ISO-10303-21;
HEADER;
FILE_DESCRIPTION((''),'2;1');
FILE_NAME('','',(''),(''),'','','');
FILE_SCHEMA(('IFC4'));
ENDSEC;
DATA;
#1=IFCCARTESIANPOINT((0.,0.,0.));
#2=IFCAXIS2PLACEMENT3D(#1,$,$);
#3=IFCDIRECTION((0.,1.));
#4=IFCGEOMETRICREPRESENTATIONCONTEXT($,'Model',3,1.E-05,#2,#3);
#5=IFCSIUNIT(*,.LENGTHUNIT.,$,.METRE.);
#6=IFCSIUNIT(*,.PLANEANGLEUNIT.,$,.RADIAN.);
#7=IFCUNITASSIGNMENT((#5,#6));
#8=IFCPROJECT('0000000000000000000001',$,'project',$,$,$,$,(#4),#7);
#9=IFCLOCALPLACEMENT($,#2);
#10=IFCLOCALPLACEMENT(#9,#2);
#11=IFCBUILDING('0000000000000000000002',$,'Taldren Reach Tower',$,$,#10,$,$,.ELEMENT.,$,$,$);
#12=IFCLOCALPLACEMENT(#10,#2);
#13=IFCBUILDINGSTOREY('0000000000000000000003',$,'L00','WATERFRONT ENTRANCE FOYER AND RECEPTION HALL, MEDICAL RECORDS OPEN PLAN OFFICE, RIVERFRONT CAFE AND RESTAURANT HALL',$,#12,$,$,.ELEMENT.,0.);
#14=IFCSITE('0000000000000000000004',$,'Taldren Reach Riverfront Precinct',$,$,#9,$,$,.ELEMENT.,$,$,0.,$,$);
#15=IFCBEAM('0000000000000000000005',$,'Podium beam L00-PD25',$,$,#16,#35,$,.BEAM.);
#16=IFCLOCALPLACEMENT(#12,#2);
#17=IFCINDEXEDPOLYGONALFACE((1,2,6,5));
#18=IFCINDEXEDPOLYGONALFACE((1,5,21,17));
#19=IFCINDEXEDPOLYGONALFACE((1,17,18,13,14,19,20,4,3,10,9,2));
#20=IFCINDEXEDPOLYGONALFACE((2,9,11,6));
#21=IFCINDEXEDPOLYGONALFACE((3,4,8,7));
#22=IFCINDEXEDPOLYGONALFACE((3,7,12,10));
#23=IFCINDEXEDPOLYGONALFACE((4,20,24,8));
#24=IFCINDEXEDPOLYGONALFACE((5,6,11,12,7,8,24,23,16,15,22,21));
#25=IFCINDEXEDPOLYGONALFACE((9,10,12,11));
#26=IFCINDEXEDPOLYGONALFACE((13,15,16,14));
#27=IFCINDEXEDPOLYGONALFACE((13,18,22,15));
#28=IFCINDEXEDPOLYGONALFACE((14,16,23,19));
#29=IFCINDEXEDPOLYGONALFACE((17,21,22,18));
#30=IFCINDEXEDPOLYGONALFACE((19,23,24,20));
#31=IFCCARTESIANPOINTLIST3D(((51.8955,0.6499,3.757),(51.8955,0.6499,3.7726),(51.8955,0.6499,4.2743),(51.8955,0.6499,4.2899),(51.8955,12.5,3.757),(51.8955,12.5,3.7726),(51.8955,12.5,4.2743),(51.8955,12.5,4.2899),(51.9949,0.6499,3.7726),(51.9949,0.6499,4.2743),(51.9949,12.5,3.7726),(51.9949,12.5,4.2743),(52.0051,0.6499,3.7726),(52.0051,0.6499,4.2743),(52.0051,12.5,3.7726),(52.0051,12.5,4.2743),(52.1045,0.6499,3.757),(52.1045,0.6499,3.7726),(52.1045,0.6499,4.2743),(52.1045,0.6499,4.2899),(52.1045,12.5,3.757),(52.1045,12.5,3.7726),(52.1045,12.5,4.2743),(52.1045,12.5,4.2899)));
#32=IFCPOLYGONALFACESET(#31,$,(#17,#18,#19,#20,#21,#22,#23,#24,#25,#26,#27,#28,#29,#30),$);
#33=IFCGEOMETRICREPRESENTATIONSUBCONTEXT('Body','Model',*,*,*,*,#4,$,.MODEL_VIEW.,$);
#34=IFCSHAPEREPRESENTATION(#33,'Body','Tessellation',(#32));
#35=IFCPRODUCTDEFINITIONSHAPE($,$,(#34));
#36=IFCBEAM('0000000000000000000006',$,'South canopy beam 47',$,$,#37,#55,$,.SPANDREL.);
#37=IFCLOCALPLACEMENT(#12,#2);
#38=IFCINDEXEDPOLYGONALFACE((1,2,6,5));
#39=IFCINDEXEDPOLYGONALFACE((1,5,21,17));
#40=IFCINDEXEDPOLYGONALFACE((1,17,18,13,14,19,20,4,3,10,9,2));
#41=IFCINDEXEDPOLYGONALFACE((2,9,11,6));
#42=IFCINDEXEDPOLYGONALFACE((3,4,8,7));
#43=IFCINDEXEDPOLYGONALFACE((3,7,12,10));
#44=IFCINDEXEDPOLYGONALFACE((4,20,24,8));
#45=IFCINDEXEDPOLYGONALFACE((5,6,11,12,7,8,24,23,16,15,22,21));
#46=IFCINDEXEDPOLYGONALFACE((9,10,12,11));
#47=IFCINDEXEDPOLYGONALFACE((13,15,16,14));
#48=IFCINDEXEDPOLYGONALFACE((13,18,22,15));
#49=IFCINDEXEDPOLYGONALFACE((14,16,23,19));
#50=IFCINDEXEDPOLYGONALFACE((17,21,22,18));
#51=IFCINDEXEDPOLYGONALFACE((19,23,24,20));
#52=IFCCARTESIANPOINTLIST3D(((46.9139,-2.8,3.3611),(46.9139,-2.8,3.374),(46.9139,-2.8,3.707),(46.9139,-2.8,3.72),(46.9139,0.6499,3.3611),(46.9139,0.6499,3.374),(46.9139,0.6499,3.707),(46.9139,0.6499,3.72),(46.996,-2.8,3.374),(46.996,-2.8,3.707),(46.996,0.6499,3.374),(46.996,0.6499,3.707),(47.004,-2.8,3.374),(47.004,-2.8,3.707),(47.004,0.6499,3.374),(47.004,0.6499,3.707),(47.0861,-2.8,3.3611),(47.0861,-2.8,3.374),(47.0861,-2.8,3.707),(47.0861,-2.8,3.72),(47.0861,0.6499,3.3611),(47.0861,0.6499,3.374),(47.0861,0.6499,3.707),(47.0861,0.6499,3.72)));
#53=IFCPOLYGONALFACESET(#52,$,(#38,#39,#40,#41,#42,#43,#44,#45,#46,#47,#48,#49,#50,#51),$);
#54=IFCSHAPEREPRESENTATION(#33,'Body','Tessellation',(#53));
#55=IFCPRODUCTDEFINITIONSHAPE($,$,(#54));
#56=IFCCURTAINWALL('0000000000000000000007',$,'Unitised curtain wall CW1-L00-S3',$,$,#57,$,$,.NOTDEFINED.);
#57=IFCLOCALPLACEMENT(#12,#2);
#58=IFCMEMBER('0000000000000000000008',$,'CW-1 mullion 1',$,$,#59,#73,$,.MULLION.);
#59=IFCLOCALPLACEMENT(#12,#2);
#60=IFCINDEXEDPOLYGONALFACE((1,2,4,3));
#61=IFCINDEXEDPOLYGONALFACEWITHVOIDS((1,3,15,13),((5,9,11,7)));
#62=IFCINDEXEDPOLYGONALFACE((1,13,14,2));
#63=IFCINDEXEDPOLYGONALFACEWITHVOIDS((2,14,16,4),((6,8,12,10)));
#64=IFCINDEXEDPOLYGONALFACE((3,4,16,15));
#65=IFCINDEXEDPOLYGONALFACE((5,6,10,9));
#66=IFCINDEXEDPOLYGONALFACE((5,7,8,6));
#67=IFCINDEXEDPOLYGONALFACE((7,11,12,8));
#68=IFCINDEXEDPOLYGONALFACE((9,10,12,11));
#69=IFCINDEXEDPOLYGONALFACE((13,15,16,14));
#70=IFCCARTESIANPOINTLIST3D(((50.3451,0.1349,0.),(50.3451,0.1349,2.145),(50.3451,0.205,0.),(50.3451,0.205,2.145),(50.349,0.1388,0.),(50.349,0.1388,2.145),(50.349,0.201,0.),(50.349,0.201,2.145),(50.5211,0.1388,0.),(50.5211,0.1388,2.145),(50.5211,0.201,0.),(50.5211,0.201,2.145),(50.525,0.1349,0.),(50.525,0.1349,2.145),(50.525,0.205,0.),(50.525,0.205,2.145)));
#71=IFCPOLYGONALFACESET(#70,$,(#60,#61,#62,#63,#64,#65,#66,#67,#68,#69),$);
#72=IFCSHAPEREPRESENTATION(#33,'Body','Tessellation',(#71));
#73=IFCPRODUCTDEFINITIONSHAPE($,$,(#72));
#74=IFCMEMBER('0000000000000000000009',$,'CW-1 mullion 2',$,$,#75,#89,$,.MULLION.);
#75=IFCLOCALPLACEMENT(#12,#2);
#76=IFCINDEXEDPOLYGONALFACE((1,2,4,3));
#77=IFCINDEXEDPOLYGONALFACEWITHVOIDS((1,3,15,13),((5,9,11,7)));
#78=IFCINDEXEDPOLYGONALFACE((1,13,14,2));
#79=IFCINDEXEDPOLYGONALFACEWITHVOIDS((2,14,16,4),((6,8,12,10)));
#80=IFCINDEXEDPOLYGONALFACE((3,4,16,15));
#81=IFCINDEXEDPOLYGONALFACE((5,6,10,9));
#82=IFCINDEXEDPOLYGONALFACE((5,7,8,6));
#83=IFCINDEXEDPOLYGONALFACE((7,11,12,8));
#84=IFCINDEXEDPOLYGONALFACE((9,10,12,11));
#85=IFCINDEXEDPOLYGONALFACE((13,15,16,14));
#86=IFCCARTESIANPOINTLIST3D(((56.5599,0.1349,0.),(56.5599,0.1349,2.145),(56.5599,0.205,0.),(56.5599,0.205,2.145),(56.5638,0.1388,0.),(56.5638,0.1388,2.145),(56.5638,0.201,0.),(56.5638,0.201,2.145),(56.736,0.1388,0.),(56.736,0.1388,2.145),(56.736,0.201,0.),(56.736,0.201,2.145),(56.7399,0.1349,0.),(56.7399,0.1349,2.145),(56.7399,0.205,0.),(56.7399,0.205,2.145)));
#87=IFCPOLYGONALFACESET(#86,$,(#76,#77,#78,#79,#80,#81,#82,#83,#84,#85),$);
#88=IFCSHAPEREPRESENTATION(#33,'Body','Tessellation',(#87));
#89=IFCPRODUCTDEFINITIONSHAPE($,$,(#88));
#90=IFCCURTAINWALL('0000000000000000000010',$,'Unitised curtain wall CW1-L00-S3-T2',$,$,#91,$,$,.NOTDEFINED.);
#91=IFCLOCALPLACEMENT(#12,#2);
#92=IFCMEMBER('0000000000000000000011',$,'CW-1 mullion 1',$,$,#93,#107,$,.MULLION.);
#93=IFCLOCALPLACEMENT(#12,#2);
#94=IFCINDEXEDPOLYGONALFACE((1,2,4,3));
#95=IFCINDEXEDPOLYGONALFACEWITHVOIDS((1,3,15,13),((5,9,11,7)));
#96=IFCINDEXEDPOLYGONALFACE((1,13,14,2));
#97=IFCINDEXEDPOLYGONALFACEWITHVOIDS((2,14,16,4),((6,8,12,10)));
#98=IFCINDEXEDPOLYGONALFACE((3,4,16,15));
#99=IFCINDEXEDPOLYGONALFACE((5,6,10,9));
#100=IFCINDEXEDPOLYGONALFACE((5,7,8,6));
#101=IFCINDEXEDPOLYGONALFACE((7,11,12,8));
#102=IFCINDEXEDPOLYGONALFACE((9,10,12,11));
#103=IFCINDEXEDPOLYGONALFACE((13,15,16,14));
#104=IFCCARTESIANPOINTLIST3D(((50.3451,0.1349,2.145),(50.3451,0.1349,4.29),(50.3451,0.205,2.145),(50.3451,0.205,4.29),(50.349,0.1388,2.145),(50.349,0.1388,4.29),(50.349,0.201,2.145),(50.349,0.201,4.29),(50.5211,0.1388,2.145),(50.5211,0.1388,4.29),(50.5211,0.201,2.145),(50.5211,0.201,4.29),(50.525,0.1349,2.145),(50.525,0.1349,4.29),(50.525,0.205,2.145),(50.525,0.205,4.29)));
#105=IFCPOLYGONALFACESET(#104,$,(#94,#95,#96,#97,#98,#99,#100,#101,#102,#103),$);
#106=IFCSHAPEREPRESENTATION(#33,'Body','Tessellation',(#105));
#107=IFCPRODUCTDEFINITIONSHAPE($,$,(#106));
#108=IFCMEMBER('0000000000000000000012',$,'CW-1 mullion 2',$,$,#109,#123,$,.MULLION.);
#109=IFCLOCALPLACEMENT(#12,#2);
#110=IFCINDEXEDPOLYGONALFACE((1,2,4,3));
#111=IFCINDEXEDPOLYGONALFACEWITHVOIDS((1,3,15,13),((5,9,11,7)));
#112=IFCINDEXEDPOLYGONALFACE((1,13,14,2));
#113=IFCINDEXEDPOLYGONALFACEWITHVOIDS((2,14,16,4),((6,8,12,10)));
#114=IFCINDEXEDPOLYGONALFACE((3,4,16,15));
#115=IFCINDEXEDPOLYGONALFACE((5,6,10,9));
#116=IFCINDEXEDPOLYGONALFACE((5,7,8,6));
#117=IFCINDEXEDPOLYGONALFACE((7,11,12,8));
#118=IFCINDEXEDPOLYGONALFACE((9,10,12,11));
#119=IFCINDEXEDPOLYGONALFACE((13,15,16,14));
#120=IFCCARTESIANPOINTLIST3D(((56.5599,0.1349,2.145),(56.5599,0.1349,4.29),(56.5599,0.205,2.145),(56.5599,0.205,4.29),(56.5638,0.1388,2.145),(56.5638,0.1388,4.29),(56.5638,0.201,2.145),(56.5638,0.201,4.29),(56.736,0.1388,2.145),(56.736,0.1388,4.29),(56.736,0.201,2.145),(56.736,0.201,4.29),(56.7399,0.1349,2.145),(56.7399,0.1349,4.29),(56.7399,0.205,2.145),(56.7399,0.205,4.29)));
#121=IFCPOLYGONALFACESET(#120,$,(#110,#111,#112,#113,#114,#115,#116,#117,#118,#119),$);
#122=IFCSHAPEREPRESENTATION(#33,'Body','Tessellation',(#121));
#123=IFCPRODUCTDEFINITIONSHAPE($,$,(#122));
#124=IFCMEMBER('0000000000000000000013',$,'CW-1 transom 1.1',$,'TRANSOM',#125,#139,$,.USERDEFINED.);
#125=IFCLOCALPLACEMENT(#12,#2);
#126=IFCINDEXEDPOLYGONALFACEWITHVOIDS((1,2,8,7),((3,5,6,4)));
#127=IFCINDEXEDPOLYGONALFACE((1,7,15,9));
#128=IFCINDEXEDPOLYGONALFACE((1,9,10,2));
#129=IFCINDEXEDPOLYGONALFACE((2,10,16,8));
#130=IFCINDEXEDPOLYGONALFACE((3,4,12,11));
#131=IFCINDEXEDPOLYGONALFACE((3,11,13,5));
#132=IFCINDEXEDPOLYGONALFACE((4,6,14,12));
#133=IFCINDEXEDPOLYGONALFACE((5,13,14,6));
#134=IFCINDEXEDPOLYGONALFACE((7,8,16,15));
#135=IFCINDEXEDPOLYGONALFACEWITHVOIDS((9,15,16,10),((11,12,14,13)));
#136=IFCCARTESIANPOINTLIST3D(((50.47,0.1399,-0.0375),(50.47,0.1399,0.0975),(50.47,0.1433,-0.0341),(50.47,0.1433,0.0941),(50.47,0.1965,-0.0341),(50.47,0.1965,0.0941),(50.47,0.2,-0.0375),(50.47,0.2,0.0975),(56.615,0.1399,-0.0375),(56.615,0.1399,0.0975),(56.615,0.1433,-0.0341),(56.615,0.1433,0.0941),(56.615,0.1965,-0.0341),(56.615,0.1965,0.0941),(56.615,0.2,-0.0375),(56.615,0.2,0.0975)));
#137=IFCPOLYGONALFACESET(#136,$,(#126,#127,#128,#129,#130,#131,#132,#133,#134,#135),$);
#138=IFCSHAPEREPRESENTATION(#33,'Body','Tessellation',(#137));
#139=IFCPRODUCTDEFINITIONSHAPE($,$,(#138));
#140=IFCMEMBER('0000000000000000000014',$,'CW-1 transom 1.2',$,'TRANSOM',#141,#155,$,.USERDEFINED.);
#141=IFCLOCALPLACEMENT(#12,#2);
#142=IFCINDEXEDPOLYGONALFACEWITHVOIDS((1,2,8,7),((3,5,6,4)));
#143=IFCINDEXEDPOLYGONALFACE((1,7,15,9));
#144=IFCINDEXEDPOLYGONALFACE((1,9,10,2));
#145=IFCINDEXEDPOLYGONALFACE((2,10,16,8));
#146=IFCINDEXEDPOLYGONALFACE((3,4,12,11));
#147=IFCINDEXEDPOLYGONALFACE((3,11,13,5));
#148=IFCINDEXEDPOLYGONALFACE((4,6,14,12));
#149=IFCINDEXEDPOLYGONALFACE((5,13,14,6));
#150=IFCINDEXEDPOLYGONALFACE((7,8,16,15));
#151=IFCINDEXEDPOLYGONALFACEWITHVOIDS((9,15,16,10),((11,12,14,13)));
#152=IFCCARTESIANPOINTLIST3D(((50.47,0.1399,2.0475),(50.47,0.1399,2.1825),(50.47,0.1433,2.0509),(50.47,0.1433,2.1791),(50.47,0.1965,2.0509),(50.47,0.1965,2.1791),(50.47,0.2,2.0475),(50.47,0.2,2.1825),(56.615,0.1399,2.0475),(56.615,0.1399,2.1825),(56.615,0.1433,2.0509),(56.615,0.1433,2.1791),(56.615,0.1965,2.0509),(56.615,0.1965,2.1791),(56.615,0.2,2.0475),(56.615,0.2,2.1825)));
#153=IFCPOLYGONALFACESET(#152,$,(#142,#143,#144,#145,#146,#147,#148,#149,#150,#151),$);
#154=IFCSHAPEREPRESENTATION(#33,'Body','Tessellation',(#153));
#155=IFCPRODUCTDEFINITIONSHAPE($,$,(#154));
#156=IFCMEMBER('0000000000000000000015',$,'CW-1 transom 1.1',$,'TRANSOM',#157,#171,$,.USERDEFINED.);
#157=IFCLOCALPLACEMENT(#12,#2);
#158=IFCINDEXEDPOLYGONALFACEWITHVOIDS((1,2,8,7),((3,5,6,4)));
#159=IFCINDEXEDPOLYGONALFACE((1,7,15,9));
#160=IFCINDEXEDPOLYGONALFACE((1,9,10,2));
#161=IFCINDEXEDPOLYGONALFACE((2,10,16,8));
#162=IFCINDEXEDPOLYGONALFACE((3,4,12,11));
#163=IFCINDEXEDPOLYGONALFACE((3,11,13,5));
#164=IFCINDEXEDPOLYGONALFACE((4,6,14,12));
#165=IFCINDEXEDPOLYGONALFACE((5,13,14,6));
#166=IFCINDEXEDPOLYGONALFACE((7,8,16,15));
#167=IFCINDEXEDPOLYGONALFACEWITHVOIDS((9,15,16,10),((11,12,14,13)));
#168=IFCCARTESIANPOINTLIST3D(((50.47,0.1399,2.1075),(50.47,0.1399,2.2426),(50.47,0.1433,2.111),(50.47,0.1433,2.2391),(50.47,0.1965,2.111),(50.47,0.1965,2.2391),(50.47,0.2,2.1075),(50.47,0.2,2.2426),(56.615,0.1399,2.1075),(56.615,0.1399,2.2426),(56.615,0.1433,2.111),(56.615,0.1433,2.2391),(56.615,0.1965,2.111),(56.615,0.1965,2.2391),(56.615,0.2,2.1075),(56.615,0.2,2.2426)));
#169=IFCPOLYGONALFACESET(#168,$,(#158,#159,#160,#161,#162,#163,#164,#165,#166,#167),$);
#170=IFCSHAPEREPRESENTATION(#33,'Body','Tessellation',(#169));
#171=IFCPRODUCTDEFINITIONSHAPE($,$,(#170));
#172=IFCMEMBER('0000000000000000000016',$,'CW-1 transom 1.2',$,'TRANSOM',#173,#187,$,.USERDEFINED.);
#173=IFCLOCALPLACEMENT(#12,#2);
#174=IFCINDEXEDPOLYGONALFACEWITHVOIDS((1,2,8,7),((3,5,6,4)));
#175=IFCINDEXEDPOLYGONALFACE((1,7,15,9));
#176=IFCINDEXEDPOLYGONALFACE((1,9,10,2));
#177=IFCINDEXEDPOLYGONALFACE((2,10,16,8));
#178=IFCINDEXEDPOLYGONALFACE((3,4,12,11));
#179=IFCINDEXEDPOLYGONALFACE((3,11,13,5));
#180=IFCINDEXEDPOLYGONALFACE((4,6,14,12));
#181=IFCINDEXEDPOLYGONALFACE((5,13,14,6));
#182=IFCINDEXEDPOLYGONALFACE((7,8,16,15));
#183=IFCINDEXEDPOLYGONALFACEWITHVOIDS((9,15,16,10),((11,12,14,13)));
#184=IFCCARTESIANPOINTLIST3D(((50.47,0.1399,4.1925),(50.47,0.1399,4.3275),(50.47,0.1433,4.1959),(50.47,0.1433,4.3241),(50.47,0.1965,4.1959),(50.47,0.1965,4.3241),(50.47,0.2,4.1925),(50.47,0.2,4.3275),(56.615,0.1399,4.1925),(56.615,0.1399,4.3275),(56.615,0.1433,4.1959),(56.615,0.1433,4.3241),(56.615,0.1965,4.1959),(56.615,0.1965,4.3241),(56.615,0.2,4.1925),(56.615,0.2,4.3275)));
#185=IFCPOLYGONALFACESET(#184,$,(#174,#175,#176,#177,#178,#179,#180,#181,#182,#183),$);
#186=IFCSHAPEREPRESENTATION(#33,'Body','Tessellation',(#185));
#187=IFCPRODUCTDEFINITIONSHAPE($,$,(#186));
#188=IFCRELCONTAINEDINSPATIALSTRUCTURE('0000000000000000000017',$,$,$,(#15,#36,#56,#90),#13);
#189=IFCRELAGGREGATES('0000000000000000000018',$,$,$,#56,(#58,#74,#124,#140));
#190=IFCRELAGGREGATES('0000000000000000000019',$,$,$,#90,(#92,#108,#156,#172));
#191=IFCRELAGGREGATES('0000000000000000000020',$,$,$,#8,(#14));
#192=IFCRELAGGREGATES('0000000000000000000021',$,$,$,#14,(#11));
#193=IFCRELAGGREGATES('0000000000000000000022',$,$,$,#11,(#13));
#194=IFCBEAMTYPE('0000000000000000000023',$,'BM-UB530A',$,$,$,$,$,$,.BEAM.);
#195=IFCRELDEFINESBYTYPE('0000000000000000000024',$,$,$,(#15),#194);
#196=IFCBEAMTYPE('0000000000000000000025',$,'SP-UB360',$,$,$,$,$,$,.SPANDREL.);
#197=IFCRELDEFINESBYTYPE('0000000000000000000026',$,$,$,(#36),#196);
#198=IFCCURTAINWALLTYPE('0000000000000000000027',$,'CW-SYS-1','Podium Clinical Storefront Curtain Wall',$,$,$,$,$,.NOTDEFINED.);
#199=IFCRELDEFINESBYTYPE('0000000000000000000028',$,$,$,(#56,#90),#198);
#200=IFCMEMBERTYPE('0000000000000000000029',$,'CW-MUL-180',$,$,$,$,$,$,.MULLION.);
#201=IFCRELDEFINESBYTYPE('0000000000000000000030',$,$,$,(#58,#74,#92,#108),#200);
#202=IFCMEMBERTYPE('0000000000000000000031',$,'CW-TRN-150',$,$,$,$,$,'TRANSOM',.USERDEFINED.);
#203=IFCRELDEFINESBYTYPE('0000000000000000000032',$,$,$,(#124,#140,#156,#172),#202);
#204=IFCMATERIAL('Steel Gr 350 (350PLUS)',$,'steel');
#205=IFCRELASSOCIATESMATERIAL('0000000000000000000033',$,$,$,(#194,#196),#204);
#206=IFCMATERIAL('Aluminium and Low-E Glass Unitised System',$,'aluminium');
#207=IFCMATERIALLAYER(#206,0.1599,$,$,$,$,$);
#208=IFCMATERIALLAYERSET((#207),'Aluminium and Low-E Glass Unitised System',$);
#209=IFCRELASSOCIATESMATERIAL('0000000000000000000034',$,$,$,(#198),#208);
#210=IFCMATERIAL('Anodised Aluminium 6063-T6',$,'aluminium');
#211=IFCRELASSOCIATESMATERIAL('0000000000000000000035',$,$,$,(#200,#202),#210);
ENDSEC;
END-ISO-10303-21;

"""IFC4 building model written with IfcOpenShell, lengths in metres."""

from ifc_helpers import new_model, si_unit, direction, frame, origin, origin_2d, place, context, subcontext, project, spatial, hollow_rectangle, i_section, extrude, source, transform, mapped, material, layer, layer_set, material_profile, profile_set, type_object, element, aggregate, save


model = new_model("IFC4")

# Units and contexts
model_context = context("Model", 3, precision=1e-05, world=origin(), true_north=direction((0.0, 1.0)))
body_context = subcontext(model_context, "Body", "Model", "MODEL_VIEW")
ifc_project = project(units=[si_unit("LENGTHUNIT", "METRE"), si_unit("PLANEANGLEUNIT", "RADIAN")], contexts=[model_context])

# Site, building, storey
site_placement = place(None, origin())
site = spatial("IfcSite", under=ifc_project, at=site_placement, Name="Taldren Reach Riverfront Precinct", CompositionType="ELEMENT", RefElevation=0.0)
building_placement = place(site_placement, origin())
building = spatial("IfcBuilding", under=site, at=building_placement, Name="Taldren Reach Tower", CompositionType="ELEMENT")
storey_placement = place(building_placement, origin())
storey = spatial("IfcBuildingStorey", under=building, at=storey_placement, Name="L00", Description="WATERFRONT ENTRANCE FOYER AND RECEPTION HALL, MEDICAL RECORDS OPEN PLAN OFFICE, RIVERFRONT CAFE AND RESTAURANT HALL", CompositionType="ELEMENT", Elevation=0.0)

# Shared definitions
ifc_material_1 = material(Name="Steel Gr 350 (350PLUS)", Category="steel")

# Beams
ifc_material_profile_1 = material_profile(ifc_material_1, i_section(OverallWidth=0.209, OverallDepth=0.533, WebThickness=0.0103, FlangeThickness=0.0156, at=origin_2d()), Name="530UB92.4")
ifc_profile_set_1 = profile_set([ifc_material_profile_1], Name="Steel Gr 350 (350PLUS)")
beam_type_1 = type_object("IfcBeamType", Name="BM-UB530A", PredefinedType="BEAM", material=ifc_profile_set_1)
shared_shape_1 = source(origin(), body_context, "Body", "SweptSolid", [
    extrude(i_section(OverallWidth=0.209, OverallDepth=0.533, WebThickness=0.0103, FlangeThickness=0.0156, at=origin_2d()), origin(), (0.0, 0.0, 1.0), 11.8501),
])
beam_1_placement = place(storey_placement, frame((52.0, 0.6499, 4.0234), z_axis=(0.0, 1.0, 0.0), x_axis=(-1.0, 0.0, 0.0)))
element("IfcBeam", 1, at=beam_1_placement, inside=storey, type_object=beam_type_1, Name="Podium beam L00-PD25", PredefinedType="BEAM", context=body_context, shape_type="MappedRepresentation", body=[
    mapped(shared_shape_1, transform((0.0, 0.0, 0.0), scale=1.0)),
])
ifc_material_profile_2 = material_profile(ifc_material_1, i_section(OverallWidth=0.1721, OverallDepth=0.3589, WebThickness=0.0081, FlangeThickness=0.0129, at=origin_2d()), Name="360UB56.7")
ifc_profile_set_2 = profile_set([ifc_material_profile_2], Name="Steel Gr 350 (350PLUS)")
beam_type_2 = type_object("IfcBeamType", Name="SP-UB360", PredefinedType="SPANDREL", material=ifc_profile_set_2)
shared_shape_2 = source(origin(), body_context, "Body", "SweptSolid", [
    extrude(i_section(OverallWidth=0.1721, OverallDepth=0.3589, WebThickness=0.0081, FlangeThickness=0.0129, at=origin_2d()), origin(), (0.0, 0.0, 1.0), 3.45),
])
beam_2_placement = place(storey_placement, frame((47.0, 0.6499, 3.5405), z_axis=(0.0, -1.0, 0.0), x_axis=(1.0, 0.0, 0.0)))
element("IfcBeam", 2, at=beam_2_placement, inside=storey, type_object=beam_type_2, Name="South canopy beam 47", PredefinedType="SPANDREL", context=body_context, shape_type="MappedRepresentation", body=[
    mapped(shared_shape_2, transform((0.0, 0.0, 0.0), scale=1.0)),
])

# Curtain walls, members
ifc_material_2 = material(Name="Aluminium and Low-E Glass Unitised System", Category="aluminium")
ifc_layer_1 = layer(ifc_material_2, 0.1599)
ifc_layer_set_1 = layer_set([ifc_layer_1], Name="Aluminium and Low-E Glass Unitised System")
curtain_wall_type = type_object("IfcCurtainWallType", Name="CW-SYS-1", Description="Podium Clinical Storefront Curtain Wall", PredefinedType="NOTDEFINED", material=ifc_layer_set_1)
curtain_wall_1_placement = place(storey_placement, origin())
curtain_wall_1 = element("IfcCurtainWall", 3, at=curtain_wall_1_placement, inside=storey, type_object=curtain_wall_type, Name="Unitised curtain wall CW1-L00-S3", PredefinedType="NOTDEFINED")
ifc_material_3 = material(Name="Anodised Aluminium 6063-T6", Category="aluminium")
ifc_material_profile_3 = material_profile(ifc_material_3, hollow_rectangle(XDim=0.0701, YDim=0.1799, WallThickness=0.0039, at=origin_2d()), Name="ALU-180x70x4RHS")
ifc_profile_set_3 = profile_set([ifc_material_profile_3], Name="Anodised Aluminium 6063-T6")
member_type_1 = type_object("IfcMemberType", Name="CW-MUL-180", PredefinedType="MULLION", material=ifc_profile_set_3)
shared_shape_3 = source(origin(), body_context, "Body", "SweptSolid", [
    extrude(hollow_rectangle(XDim=0.0701, YDim=0.1799, WallThickness=0.0039, at=origin_2d()), origin(), (0.0, 0.0, 1.0), 2.145),
])
member_1_placement = place(storey_placement, frame((50.4351, 0.1699, 0.0), z_axis=(0.0, 0.0, 1.0), x_axis=(0.0, 1.0, 0.0)))
member_1 = element("IfcMember", 4, at=member_1_placement, type_object=member_type_1, Name="CW-1 mullion 1", PredefinedType="MULLION", context=body_context, shape_type="MappedRepresentation", body=[
    mapped(shared_shape_3, transform((0.0, 0.0, 0.0), scale=1.0)),
])
member_2_placement = place(storey_placement, frame((56.6499, 0.1699, 0.0), z_axis=(0.0, 0.0, 1.0), x_axis=(0.0, 1.0, 0.0)))
member_2 = element("IfcMember", 5, at=member_2_placement, type_object=member_type_1, Name="CW-1 mullion 2", PredefinedType="MULLION", context=body_context, shape_type="MappedRepresentation", body=[
    mapped(shared_shape_3, transform((0.0, 0.0, 0.0), scale=1.0)),
])
curtain_wall_2_placement = place(storey_placement, origin())
curtain_wall_2 = element("IfcCurtainWall", 6, at=curtain_wall_2_placement, inside=storey, type_object=curtain_wall_type, Name="Unitised curtain wall CW1-L00-S3-T2", PredefinedType="NOTDEFINED")
member_3_placement = place(storey_placement, frame((50.4351, 0.1699, 2.145), z_axis=(0.0, 0.0, 1.0), x_axis=(0.0, 1.0, 0.0)))
member_3 = element("IfcMember", 7, at=member_3_placement, type_object=member_type_1, Name="CW-1 mullion 1", PredefinedType="MULLION", context=body_context, shape_type="MappedRepresentation", body=[
    mapped(shared_shape_3, transform((0.0, 0.0, 0.0), scale=1.0)),
])
member_4_placement = place(storey_placement, frame((56.6499, 0.1699, 2.145), z_axis=(0.0, 0.0, 1.0), x_axis=(0.0, 1.0, 0.0)))
member_4 = element("IfcMember", 8, at=member_4_placement, type_object=member_type_1, Name="CW-1 mullion 2", PredefinedType="MULLION", context=body_context, shape_type="MappedRepresentation", body=[
    mapped(shared_shape_3, transform((0.0, 0.0, 0.0), scale=1.0)),
])

# Members
ifc_material_profile_4 = material_profile(ifc_material_3, hollow_rectangle(XDim=0.0601, YDim=0.135, WallThickness=0.0034, at=origin_2d()), Name="ALU-135x60x3.5RHS")
ifc_profile_set_4 = profile_set([ifc_material_profile_4], Name="Anodised Aluminium 6063-T6")
member_type_2 = type_object("IfcMemberType", Name="CW-TRN-150", ElementType="TRANSOM", PredefinedType="USERDEFINED", material=ifc_profile_set_4)
shared_shape_4 = source(origin(), body_context, "Body", "SweptSolid", [
    extrude(hollow_rectangle(XDim=0.0601, YDim=0.135, WallThickness=0.0034, at=origin_2d()), origin(), (0.0, 0.0, 1.0), 6.145),
])
member_5_placement = place(storey_placement, frame((50.47, 0.1699, 0.03), z_axis=(1.0, 0.0, 0.0), x_axis=(0.0, 1.0, 0.0)))
member_5 = element("IfcMember", 9, at=member_5_placement, type_object=member_type_2, Name="CW-1 transom 1.1", ObjectType="TRANSOM", PredefinedType="USERDEFINED", context=body_context, shape_type="MappedRepresentation", body=[
    mapped(shared_shape_4, transform((0.0, 0.0, 0.0), scale=1.0)),
])
member_6_placement = place(storey_placement, frame((50.47, 0.1699, 2.115), z_axis=(1.0, 0.0, 0.0), x_axis=(0.0, 1.0, 0.0)))
member_6 = element("IfcMember", 10, at=member_6_placement, type_object=member_type_2, Name="CW-1 transom 1.2", ObjectType="TRANSOM", PredefinedType="USERDEFINED", context=body_context, shape_type="MappedRepresentation", body=[
    mapped(shared_shape_4, transform((0.0, 0.0, 0.0), scale=1.0)),
])
member_7_placement = place(storey_placement, frame((50.47, 0.1699, 2.175), z_axis=(1.0, 0.0, 0.0), x_axis=(0.0, 1.0, 0.0)))
member_7 = element("IfcMember", 11, at=member_7_placement, type_object=member_type_2, Name="CW-1 transom 1.1", ObjectType="TRANSOM", PredefinedType="USERDEFINED", context=body_context, shape_type="MappedRepresentation", body=[
    mapped(shared_shape_4, transform((0.0, 0.0, 0.0), scale=1.0)),
])
member_8_placement = place(storey_placement, frame((50.47, 0.1699, 4.26), z_axis=(1.0, 0.0, 0.0), x_axis=(0.0, 1.0, 0.0)))
member_8 = element("IfcMember", 12, at=member_8_placement, type_object=member_type_2, Name="CW-1 transom 1.2", ObjectType="TRANSOM", PredefinedType="USERDEFINED", context=body_context, shape_type="MappedRepresentation", body=[
    mapped(shared_shape_4, transform((0.0, 0.0, 0.0), scale=1.0)),
])

aggregate(curtain_wall_1, [member_1, member_2, member_5, member_6])
aggregate(curtain_wall_2, [member_3, member_4, member_7, member_8])

save(model, "model.ifc")
